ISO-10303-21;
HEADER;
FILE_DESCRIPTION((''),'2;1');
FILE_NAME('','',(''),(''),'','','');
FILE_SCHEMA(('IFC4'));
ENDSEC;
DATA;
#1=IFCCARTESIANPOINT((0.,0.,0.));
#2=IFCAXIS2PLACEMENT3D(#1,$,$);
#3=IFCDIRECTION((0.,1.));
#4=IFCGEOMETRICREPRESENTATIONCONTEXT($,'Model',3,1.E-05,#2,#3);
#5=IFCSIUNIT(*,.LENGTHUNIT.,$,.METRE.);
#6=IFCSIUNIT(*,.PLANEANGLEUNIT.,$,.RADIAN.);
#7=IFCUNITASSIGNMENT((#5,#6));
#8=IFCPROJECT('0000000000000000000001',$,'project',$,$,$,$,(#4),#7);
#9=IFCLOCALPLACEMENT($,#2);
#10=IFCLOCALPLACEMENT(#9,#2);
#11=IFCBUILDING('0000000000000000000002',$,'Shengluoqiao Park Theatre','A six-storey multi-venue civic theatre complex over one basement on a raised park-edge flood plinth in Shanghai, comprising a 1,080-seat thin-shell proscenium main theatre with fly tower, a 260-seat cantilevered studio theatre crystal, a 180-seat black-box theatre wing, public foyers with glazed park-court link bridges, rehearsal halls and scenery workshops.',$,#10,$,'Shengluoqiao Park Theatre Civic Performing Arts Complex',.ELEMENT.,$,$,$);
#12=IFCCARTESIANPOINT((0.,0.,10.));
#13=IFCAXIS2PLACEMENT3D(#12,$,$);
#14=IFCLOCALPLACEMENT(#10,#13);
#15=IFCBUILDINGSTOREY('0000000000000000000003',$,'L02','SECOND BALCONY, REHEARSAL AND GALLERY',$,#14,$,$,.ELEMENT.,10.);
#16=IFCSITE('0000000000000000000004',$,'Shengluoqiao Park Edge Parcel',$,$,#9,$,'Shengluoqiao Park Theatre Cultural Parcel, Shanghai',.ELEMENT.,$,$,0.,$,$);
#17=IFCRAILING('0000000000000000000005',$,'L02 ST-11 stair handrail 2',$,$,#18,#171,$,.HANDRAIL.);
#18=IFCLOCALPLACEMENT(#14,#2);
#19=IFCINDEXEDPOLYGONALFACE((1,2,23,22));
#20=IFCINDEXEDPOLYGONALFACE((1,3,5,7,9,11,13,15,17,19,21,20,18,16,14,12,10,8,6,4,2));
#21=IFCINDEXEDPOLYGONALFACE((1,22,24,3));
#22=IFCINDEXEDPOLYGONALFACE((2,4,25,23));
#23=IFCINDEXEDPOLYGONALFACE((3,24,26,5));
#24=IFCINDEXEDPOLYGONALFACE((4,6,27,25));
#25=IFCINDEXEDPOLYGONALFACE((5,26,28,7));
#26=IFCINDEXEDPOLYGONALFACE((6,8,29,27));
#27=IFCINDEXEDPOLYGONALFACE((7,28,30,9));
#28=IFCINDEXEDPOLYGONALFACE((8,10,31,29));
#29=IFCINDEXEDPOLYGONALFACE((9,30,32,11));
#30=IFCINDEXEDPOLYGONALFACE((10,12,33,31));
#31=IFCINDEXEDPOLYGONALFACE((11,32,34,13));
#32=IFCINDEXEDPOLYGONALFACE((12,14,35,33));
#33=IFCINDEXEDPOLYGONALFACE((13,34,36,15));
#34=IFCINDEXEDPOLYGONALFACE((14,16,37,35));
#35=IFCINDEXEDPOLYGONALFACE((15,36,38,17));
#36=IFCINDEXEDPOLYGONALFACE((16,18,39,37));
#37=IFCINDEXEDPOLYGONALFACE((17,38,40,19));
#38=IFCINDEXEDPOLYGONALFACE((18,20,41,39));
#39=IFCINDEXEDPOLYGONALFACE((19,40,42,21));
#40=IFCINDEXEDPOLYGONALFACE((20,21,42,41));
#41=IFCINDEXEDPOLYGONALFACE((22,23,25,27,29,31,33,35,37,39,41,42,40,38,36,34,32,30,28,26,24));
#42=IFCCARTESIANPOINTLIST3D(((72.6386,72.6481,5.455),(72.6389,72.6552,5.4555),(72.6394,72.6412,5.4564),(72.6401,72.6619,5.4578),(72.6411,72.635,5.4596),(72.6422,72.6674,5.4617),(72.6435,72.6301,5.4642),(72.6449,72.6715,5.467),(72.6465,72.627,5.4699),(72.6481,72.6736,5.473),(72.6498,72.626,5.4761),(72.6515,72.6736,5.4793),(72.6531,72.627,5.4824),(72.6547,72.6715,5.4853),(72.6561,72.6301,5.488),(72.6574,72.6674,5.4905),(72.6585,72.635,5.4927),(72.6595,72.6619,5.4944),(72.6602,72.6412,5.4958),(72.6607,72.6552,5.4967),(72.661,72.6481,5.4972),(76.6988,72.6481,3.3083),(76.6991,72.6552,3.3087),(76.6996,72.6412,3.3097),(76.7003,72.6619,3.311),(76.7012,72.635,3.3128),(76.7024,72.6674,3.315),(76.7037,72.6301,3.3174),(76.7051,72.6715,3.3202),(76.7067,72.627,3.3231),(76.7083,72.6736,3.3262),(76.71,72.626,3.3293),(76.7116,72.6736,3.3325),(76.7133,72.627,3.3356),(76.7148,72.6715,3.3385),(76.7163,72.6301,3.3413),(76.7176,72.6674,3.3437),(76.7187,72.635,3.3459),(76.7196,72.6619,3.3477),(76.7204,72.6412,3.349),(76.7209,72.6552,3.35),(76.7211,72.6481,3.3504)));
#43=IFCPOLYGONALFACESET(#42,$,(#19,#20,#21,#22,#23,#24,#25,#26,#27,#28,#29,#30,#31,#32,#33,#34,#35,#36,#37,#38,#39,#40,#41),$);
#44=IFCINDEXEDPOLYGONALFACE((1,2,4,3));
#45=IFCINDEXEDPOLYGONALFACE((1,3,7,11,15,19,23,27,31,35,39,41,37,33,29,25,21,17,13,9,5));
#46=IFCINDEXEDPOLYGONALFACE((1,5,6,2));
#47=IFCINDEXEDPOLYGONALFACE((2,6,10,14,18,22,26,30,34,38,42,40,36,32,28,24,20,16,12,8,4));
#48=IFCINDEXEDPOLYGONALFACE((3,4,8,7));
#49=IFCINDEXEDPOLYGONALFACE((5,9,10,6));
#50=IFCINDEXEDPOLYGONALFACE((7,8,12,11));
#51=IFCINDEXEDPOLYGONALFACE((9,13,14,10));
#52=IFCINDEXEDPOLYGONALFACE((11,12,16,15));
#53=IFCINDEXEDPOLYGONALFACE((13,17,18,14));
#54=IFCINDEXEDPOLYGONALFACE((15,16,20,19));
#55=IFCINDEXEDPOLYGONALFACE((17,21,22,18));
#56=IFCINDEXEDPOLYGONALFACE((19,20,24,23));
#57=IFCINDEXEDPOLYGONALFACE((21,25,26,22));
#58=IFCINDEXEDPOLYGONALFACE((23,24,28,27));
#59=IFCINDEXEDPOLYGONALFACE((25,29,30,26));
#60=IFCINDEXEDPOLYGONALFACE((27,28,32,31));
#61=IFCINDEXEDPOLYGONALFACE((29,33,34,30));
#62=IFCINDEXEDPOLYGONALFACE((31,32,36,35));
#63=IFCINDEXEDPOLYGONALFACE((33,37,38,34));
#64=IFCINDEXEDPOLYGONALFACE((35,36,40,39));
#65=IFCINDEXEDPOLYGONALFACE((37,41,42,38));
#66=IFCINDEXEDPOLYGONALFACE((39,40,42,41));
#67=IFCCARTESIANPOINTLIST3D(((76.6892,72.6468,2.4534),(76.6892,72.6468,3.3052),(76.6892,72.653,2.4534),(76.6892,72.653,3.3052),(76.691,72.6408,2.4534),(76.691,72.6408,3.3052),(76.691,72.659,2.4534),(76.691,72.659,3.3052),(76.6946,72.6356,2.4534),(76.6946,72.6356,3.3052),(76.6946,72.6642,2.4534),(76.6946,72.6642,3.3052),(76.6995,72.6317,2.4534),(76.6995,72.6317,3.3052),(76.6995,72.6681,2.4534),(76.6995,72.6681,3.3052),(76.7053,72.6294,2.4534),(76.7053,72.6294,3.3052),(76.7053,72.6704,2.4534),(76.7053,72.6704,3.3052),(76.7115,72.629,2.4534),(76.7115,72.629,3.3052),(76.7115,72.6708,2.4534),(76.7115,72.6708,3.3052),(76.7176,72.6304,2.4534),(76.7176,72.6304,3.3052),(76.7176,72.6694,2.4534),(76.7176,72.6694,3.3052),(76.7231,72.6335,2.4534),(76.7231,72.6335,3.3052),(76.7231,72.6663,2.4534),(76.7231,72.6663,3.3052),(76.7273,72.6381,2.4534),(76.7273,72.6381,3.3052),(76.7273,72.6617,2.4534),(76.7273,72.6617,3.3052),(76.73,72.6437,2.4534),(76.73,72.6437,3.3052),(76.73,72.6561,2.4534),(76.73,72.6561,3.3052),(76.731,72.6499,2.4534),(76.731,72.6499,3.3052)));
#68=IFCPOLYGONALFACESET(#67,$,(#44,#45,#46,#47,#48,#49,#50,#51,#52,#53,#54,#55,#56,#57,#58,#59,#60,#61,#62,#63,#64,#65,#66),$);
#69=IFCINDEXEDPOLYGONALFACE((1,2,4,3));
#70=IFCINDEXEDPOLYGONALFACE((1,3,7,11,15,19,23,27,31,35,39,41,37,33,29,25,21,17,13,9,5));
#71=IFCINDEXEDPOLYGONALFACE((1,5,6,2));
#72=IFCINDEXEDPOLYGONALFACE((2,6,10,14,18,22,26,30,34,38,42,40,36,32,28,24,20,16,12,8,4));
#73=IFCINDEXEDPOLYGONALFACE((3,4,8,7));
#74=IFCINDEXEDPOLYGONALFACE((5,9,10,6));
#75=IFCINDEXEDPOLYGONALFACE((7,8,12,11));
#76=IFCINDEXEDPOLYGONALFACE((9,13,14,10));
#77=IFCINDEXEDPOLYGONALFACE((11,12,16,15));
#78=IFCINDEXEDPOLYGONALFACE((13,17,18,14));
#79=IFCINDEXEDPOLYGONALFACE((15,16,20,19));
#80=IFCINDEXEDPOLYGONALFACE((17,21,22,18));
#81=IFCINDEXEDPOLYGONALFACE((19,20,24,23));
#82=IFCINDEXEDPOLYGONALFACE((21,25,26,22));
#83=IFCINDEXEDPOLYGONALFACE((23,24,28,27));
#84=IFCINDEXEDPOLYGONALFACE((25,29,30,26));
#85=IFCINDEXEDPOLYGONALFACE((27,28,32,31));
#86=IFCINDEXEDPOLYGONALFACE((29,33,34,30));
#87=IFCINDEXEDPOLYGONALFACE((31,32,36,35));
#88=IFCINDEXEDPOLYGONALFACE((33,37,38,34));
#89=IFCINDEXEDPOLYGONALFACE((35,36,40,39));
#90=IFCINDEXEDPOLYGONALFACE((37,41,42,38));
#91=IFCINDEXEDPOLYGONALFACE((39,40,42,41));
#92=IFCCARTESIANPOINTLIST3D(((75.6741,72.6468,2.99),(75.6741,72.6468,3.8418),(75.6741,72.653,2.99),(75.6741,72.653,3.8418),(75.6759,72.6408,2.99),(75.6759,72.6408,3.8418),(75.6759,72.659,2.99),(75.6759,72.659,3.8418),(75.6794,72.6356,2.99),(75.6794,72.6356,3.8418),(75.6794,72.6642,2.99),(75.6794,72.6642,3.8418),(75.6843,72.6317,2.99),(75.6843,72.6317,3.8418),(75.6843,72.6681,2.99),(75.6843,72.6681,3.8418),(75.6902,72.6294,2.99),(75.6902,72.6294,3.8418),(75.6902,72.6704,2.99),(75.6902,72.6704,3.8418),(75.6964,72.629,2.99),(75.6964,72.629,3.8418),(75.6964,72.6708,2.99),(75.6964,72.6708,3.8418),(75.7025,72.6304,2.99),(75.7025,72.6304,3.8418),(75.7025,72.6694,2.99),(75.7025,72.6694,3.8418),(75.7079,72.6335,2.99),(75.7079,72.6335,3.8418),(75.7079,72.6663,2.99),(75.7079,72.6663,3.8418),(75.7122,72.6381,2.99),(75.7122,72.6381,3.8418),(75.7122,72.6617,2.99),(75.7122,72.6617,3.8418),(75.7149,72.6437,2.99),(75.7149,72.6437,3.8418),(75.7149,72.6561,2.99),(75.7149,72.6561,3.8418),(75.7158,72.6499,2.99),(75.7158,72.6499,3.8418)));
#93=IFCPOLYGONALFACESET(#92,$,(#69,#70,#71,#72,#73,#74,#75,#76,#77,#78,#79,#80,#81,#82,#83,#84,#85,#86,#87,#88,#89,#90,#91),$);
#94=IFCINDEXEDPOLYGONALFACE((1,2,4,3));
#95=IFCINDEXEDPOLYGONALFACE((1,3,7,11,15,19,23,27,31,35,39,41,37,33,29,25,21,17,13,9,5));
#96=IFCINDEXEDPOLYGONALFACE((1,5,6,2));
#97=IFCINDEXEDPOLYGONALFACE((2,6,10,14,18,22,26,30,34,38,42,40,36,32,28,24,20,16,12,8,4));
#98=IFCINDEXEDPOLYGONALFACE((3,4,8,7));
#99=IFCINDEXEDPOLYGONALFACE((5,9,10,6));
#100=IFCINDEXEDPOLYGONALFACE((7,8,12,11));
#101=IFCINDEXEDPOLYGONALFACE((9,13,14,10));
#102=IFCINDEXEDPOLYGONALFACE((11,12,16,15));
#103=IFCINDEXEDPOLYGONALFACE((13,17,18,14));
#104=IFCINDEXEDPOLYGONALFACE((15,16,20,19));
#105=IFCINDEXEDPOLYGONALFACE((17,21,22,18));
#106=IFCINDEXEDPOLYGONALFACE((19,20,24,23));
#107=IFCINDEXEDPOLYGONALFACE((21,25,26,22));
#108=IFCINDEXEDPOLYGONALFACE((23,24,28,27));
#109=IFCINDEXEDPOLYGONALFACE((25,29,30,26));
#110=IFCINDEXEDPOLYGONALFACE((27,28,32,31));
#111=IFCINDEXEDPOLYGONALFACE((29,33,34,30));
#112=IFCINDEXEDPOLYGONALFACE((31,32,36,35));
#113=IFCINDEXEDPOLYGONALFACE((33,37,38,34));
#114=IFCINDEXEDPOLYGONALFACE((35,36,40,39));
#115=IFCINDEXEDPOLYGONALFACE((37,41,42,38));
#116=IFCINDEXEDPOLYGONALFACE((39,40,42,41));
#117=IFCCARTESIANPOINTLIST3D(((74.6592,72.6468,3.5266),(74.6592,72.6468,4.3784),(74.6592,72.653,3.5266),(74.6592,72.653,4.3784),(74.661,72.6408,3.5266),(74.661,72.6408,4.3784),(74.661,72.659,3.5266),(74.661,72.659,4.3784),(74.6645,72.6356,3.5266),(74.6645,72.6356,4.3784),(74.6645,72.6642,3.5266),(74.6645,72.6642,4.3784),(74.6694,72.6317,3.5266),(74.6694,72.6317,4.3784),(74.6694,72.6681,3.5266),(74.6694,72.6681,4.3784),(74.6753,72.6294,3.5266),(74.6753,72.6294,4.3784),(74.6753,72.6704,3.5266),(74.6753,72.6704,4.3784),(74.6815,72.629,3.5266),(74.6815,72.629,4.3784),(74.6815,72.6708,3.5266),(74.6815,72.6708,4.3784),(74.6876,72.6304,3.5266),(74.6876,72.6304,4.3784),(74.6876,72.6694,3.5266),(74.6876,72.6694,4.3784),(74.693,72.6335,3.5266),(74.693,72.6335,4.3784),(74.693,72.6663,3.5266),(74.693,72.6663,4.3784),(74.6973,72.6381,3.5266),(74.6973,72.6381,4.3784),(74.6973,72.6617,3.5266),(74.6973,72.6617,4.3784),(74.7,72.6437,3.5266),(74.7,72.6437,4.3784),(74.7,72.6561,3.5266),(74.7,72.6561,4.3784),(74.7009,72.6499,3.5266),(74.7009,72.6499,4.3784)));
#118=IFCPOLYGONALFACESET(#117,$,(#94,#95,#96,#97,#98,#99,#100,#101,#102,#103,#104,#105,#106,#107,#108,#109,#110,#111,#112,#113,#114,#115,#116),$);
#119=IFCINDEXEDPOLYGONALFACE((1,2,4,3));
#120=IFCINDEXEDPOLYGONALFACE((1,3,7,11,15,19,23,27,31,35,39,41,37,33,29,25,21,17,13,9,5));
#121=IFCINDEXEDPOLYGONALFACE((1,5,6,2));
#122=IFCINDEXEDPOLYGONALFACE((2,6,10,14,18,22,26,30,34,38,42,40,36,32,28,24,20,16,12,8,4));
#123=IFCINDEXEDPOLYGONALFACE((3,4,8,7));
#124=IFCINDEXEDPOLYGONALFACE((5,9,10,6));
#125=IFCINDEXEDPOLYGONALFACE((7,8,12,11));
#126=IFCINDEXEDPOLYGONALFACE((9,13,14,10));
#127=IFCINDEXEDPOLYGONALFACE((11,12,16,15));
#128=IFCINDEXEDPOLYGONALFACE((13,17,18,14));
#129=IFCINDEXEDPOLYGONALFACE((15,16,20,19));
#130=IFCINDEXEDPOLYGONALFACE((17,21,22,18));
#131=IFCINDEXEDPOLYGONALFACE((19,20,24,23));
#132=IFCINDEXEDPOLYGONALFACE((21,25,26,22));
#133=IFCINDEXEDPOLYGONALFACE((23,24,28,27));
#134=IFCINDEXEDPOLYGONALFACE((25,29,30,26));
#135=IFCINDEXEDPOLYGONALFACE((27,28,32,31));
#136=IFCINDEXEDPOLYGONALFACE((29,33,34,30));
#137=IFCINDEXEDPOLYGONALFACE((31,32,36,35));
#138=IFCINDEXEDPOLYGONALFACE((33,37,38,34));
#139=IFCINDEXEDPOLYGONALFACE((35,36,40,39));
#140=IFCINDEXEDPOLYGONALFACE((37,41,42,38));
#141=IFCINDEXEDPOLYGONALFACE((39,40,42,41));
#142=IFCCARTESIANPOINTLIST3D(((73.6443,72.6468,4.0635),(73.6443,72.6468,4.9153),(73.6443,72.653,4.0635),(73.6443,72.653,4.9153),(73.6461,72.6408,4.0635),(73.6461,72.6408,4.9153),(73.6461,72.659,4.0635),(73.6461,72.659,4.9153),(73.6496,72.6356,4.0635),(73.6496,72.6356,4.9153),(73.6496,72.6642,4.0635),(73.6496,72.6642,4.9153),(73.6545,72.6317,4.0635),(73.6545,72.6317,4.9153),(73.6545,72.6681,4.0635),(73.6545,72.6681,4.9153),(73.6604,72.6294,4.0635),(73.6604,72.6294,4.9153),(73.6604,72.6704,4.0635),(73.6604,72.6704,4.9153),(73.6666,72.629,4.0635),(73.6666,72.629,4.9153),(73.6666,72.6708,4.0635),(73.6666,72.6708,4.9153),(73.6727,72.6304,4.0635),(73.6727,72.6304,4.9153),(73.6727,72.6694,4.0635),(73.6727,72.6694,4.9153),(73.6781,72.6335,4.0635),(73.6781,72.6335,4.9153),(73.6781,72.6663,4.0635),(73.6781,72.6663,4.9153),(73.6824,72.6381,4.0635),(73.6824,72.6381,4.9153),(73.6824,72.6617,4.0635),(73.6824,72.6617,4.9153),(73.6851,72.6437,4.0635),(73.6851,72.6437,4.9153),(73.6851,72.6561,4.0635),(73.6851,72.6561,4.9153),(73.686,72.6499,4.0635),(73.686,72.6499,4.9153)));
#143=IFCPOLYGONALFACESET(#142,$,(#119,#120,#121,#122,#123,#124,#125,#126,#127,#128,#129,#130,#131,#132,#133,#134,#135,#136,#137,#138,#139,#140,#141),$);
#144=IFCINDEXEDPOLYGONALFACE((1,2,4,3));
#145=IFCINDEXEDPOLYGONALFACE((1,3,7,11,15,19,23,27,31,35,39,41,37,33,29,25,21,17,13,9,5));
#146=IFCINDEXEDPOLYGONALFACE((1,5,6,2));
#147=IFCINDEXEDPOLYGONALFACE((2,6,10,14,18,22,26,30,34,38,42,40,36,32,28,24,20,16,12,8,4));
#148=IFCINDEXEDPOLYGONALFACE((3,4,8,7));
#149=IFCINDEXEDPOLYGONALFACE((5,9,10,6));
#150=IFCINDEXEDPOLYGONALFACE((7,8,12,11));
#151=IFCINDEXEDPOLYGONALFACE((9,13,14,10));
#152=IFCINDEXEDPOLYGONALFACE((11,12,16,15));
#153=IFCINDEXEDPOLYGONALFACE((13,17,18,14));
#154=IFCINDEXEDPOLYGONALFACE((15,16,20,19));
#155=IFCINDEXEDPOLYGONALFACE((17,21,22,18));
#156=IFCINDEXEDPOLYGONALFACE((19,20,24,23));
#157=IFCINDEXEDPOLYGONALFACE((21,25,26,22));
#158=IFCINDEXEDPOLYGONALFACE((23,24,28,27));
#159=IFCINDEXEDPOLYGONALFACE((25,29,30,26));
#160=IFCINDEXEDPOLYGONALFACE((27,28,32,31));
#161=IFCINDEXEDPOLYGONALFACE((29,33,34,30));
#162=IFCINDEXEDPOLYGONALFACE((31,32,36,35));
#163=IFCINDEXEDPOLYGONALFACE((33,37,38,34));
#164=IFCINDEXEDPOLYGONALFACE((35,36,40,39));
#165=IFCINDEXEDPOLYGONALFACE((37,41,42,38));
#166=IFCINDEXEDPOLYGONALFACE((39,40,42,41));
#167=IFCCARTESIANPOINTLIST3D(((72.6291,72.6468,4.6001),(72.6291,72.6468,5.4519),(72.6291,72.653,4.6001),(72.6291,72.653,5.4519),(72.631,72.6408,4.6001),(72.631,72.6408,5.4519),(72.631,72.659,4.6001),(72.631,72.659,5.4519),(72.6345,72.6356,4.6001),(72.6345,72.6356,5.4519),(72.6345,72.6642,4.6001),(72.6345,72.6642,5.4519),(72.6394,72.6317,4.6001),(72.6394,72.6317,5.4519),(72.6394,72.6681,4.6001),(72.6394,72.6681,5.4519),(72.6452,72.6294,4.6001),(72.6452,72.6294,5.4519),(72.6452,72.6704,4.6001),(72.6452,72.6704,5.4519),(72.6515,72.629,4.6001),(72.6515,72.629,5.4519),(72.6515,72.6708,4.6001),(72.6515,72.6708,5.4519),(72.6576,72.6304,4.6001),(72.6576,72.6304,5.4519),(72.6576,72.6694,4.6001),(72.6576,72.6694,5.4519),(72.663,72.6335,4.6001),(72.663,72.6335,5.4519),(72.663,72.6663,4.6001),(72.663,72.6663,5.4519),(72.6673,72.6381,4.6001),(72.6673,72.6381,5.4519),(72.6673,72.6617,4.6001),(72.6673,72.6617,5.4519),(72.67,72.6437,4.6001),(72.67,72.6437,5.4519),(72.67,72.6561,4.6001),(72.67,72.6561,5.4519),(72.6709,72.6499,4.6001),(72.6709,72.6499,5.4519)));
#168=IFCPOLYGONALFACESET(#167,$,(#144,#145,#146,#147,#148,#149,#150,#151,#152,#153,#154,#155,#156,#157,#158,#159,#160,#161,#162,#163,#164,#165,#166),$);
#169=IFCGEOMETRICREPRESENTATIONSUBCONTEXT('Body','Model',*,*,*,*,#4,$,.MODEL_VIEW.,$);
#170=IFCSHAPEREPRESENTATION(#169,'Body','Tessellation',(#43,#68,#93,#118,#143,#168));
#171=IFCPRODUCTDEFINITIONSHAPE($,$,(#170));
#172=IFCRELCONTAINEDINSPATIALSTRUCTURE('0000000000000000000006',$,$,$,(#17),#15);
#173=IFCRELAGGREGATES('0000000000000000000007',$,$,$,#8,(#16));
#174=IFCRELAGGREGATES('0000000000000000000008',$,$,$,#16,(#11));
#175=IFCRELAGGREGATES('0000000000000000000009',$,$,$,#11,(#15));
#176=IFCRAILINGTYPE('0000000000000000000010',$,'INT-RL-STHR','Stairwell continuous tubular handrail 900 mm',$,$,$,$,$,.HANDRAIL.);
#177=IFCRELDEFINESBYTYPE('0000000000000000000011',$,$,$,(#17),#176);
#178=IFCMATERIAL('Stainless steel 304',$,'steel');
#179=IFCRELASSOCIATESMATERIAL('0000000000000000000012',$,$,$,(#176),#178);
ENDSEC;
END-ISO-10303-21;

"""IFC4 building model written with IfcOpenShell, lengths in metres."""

from ifc_helpers import new_model, si_unit, direction, frame, origin, origin_2d, place, context, subcontext, project, spatial, circle, extrude, material, type_object, element, save


model = new_model("IFC4")

# Units and contexts
model_context = context("Model", 3, precision=1e-05, world=origin(), true_north=direction((0.0, 1.0)))
body_context = subcontext(model_context, "Body", "Model", "MODEL_VIEW")
ifc_project = project(units=[si_unit("LENGTHUNIT", "METRE"), si_unit("PLANEANGLEUNIT", "RADIAN")], contexts=[model_context])

# Site, building, storey
site_placement = place(None, origin())
site = spatial("IfcSite", under=ifc_project, at=site_placement, Name="Shengluoqiao Park Edge Parcel", LongName="Shengluoqiao Park Theatre Cultural Parcel, Shanghai", CompositionType="ELEMENT", RefElevation=0.0)
building_placement = place(site_placement, origin())
building = spatial("IfcBuilding", under=site, at=building_placement, Name="Shengluoqiao Park Theatre", Description="A six-storey multi-venue civic theatre complex over one basement on a raised park-edge flood plinth in Shanghai, comprising a 1,080-seat thin-shell proscenium main theatre with fly tower, a 260-seat cantilevered studio theatre crystal, a 180-seat black-box theatre wing, public foyers with glazed park-court link bridges, rehearsal halls and scenery workshops.", LongName="Shengluoqiao Park Theatre Civic Performing Arts Complex", CompositionType="ELEMENT")
storey_placement = place(building_placement, frame((0.0, 0.0, 10.0)))
storey = spatial("IfcBuildingStorey", under=building, at=storey_placement, Name="L02", Description="SECOND BALCONY, REHEARSAL AND GALLERY", CompositionType="ELEMENT", Elevation=10.0)

# Railing
ifc_material_1 = material(Name="Stainless steel 304", Category="steel")
railing_type_1 = type_object("IfcRailingType", Name="INT-RL-STHR", Description="Stairwell continuous tubular handrail 900 mm", PredefinedType="HANDRAIL", material=ifc_material_1)
railing_1_placement = place(storey_placement, frame((76.71, 72.6499, 2.4534)))
element("IfcRailing", 1, at=railing_1_placement, inside=storey, type_object=railing_type_1, Name="L02 ST-11 stair handrail 2", PredefinedType="HANDRAIL", context=body_context, shape_type="SweptSolid", body=[
    extrude(circle(Radius=0.0239, at=origin_2d()), frame((0.0, 0.0, 0.876), z_axis=(-0.884032, 0.0, 0.467426), x_axis=(0.0, -1.0, 0.0)), (0.0, 0.0, 1.0), 4.5928),
    extrude(circle(Radius=0.021, at=origin_2d()), origin(), (0.0, 0.0, 1.0), 0.8518),
    extrude(circle(Radius=0.021, at=origin_2d()), frame((-1.0151, 0.0, 0.5366)), (0.0, 0.0, 1.0), 0.8518),
    extrude(circle(Radius=0.021, at=origin_2d()), frame((-2.03, 0.0, 1.0732)), (0.0, 0.0, 1.0), 0.8518),
    extrude(circle(Radius=0.021, at=origin_2d()), frame((-3.0449, 0.0, 1.6101)), (0.0, 0.0, 1.0), 0.8518),
    extrude(circle(Radius=0.021, at=origin_2d()), frame((-4.0601, 0.0, 2.1467)), (0.0, 0.0, 1.0), 0.8518),
])

save(model, "model.ifc")
